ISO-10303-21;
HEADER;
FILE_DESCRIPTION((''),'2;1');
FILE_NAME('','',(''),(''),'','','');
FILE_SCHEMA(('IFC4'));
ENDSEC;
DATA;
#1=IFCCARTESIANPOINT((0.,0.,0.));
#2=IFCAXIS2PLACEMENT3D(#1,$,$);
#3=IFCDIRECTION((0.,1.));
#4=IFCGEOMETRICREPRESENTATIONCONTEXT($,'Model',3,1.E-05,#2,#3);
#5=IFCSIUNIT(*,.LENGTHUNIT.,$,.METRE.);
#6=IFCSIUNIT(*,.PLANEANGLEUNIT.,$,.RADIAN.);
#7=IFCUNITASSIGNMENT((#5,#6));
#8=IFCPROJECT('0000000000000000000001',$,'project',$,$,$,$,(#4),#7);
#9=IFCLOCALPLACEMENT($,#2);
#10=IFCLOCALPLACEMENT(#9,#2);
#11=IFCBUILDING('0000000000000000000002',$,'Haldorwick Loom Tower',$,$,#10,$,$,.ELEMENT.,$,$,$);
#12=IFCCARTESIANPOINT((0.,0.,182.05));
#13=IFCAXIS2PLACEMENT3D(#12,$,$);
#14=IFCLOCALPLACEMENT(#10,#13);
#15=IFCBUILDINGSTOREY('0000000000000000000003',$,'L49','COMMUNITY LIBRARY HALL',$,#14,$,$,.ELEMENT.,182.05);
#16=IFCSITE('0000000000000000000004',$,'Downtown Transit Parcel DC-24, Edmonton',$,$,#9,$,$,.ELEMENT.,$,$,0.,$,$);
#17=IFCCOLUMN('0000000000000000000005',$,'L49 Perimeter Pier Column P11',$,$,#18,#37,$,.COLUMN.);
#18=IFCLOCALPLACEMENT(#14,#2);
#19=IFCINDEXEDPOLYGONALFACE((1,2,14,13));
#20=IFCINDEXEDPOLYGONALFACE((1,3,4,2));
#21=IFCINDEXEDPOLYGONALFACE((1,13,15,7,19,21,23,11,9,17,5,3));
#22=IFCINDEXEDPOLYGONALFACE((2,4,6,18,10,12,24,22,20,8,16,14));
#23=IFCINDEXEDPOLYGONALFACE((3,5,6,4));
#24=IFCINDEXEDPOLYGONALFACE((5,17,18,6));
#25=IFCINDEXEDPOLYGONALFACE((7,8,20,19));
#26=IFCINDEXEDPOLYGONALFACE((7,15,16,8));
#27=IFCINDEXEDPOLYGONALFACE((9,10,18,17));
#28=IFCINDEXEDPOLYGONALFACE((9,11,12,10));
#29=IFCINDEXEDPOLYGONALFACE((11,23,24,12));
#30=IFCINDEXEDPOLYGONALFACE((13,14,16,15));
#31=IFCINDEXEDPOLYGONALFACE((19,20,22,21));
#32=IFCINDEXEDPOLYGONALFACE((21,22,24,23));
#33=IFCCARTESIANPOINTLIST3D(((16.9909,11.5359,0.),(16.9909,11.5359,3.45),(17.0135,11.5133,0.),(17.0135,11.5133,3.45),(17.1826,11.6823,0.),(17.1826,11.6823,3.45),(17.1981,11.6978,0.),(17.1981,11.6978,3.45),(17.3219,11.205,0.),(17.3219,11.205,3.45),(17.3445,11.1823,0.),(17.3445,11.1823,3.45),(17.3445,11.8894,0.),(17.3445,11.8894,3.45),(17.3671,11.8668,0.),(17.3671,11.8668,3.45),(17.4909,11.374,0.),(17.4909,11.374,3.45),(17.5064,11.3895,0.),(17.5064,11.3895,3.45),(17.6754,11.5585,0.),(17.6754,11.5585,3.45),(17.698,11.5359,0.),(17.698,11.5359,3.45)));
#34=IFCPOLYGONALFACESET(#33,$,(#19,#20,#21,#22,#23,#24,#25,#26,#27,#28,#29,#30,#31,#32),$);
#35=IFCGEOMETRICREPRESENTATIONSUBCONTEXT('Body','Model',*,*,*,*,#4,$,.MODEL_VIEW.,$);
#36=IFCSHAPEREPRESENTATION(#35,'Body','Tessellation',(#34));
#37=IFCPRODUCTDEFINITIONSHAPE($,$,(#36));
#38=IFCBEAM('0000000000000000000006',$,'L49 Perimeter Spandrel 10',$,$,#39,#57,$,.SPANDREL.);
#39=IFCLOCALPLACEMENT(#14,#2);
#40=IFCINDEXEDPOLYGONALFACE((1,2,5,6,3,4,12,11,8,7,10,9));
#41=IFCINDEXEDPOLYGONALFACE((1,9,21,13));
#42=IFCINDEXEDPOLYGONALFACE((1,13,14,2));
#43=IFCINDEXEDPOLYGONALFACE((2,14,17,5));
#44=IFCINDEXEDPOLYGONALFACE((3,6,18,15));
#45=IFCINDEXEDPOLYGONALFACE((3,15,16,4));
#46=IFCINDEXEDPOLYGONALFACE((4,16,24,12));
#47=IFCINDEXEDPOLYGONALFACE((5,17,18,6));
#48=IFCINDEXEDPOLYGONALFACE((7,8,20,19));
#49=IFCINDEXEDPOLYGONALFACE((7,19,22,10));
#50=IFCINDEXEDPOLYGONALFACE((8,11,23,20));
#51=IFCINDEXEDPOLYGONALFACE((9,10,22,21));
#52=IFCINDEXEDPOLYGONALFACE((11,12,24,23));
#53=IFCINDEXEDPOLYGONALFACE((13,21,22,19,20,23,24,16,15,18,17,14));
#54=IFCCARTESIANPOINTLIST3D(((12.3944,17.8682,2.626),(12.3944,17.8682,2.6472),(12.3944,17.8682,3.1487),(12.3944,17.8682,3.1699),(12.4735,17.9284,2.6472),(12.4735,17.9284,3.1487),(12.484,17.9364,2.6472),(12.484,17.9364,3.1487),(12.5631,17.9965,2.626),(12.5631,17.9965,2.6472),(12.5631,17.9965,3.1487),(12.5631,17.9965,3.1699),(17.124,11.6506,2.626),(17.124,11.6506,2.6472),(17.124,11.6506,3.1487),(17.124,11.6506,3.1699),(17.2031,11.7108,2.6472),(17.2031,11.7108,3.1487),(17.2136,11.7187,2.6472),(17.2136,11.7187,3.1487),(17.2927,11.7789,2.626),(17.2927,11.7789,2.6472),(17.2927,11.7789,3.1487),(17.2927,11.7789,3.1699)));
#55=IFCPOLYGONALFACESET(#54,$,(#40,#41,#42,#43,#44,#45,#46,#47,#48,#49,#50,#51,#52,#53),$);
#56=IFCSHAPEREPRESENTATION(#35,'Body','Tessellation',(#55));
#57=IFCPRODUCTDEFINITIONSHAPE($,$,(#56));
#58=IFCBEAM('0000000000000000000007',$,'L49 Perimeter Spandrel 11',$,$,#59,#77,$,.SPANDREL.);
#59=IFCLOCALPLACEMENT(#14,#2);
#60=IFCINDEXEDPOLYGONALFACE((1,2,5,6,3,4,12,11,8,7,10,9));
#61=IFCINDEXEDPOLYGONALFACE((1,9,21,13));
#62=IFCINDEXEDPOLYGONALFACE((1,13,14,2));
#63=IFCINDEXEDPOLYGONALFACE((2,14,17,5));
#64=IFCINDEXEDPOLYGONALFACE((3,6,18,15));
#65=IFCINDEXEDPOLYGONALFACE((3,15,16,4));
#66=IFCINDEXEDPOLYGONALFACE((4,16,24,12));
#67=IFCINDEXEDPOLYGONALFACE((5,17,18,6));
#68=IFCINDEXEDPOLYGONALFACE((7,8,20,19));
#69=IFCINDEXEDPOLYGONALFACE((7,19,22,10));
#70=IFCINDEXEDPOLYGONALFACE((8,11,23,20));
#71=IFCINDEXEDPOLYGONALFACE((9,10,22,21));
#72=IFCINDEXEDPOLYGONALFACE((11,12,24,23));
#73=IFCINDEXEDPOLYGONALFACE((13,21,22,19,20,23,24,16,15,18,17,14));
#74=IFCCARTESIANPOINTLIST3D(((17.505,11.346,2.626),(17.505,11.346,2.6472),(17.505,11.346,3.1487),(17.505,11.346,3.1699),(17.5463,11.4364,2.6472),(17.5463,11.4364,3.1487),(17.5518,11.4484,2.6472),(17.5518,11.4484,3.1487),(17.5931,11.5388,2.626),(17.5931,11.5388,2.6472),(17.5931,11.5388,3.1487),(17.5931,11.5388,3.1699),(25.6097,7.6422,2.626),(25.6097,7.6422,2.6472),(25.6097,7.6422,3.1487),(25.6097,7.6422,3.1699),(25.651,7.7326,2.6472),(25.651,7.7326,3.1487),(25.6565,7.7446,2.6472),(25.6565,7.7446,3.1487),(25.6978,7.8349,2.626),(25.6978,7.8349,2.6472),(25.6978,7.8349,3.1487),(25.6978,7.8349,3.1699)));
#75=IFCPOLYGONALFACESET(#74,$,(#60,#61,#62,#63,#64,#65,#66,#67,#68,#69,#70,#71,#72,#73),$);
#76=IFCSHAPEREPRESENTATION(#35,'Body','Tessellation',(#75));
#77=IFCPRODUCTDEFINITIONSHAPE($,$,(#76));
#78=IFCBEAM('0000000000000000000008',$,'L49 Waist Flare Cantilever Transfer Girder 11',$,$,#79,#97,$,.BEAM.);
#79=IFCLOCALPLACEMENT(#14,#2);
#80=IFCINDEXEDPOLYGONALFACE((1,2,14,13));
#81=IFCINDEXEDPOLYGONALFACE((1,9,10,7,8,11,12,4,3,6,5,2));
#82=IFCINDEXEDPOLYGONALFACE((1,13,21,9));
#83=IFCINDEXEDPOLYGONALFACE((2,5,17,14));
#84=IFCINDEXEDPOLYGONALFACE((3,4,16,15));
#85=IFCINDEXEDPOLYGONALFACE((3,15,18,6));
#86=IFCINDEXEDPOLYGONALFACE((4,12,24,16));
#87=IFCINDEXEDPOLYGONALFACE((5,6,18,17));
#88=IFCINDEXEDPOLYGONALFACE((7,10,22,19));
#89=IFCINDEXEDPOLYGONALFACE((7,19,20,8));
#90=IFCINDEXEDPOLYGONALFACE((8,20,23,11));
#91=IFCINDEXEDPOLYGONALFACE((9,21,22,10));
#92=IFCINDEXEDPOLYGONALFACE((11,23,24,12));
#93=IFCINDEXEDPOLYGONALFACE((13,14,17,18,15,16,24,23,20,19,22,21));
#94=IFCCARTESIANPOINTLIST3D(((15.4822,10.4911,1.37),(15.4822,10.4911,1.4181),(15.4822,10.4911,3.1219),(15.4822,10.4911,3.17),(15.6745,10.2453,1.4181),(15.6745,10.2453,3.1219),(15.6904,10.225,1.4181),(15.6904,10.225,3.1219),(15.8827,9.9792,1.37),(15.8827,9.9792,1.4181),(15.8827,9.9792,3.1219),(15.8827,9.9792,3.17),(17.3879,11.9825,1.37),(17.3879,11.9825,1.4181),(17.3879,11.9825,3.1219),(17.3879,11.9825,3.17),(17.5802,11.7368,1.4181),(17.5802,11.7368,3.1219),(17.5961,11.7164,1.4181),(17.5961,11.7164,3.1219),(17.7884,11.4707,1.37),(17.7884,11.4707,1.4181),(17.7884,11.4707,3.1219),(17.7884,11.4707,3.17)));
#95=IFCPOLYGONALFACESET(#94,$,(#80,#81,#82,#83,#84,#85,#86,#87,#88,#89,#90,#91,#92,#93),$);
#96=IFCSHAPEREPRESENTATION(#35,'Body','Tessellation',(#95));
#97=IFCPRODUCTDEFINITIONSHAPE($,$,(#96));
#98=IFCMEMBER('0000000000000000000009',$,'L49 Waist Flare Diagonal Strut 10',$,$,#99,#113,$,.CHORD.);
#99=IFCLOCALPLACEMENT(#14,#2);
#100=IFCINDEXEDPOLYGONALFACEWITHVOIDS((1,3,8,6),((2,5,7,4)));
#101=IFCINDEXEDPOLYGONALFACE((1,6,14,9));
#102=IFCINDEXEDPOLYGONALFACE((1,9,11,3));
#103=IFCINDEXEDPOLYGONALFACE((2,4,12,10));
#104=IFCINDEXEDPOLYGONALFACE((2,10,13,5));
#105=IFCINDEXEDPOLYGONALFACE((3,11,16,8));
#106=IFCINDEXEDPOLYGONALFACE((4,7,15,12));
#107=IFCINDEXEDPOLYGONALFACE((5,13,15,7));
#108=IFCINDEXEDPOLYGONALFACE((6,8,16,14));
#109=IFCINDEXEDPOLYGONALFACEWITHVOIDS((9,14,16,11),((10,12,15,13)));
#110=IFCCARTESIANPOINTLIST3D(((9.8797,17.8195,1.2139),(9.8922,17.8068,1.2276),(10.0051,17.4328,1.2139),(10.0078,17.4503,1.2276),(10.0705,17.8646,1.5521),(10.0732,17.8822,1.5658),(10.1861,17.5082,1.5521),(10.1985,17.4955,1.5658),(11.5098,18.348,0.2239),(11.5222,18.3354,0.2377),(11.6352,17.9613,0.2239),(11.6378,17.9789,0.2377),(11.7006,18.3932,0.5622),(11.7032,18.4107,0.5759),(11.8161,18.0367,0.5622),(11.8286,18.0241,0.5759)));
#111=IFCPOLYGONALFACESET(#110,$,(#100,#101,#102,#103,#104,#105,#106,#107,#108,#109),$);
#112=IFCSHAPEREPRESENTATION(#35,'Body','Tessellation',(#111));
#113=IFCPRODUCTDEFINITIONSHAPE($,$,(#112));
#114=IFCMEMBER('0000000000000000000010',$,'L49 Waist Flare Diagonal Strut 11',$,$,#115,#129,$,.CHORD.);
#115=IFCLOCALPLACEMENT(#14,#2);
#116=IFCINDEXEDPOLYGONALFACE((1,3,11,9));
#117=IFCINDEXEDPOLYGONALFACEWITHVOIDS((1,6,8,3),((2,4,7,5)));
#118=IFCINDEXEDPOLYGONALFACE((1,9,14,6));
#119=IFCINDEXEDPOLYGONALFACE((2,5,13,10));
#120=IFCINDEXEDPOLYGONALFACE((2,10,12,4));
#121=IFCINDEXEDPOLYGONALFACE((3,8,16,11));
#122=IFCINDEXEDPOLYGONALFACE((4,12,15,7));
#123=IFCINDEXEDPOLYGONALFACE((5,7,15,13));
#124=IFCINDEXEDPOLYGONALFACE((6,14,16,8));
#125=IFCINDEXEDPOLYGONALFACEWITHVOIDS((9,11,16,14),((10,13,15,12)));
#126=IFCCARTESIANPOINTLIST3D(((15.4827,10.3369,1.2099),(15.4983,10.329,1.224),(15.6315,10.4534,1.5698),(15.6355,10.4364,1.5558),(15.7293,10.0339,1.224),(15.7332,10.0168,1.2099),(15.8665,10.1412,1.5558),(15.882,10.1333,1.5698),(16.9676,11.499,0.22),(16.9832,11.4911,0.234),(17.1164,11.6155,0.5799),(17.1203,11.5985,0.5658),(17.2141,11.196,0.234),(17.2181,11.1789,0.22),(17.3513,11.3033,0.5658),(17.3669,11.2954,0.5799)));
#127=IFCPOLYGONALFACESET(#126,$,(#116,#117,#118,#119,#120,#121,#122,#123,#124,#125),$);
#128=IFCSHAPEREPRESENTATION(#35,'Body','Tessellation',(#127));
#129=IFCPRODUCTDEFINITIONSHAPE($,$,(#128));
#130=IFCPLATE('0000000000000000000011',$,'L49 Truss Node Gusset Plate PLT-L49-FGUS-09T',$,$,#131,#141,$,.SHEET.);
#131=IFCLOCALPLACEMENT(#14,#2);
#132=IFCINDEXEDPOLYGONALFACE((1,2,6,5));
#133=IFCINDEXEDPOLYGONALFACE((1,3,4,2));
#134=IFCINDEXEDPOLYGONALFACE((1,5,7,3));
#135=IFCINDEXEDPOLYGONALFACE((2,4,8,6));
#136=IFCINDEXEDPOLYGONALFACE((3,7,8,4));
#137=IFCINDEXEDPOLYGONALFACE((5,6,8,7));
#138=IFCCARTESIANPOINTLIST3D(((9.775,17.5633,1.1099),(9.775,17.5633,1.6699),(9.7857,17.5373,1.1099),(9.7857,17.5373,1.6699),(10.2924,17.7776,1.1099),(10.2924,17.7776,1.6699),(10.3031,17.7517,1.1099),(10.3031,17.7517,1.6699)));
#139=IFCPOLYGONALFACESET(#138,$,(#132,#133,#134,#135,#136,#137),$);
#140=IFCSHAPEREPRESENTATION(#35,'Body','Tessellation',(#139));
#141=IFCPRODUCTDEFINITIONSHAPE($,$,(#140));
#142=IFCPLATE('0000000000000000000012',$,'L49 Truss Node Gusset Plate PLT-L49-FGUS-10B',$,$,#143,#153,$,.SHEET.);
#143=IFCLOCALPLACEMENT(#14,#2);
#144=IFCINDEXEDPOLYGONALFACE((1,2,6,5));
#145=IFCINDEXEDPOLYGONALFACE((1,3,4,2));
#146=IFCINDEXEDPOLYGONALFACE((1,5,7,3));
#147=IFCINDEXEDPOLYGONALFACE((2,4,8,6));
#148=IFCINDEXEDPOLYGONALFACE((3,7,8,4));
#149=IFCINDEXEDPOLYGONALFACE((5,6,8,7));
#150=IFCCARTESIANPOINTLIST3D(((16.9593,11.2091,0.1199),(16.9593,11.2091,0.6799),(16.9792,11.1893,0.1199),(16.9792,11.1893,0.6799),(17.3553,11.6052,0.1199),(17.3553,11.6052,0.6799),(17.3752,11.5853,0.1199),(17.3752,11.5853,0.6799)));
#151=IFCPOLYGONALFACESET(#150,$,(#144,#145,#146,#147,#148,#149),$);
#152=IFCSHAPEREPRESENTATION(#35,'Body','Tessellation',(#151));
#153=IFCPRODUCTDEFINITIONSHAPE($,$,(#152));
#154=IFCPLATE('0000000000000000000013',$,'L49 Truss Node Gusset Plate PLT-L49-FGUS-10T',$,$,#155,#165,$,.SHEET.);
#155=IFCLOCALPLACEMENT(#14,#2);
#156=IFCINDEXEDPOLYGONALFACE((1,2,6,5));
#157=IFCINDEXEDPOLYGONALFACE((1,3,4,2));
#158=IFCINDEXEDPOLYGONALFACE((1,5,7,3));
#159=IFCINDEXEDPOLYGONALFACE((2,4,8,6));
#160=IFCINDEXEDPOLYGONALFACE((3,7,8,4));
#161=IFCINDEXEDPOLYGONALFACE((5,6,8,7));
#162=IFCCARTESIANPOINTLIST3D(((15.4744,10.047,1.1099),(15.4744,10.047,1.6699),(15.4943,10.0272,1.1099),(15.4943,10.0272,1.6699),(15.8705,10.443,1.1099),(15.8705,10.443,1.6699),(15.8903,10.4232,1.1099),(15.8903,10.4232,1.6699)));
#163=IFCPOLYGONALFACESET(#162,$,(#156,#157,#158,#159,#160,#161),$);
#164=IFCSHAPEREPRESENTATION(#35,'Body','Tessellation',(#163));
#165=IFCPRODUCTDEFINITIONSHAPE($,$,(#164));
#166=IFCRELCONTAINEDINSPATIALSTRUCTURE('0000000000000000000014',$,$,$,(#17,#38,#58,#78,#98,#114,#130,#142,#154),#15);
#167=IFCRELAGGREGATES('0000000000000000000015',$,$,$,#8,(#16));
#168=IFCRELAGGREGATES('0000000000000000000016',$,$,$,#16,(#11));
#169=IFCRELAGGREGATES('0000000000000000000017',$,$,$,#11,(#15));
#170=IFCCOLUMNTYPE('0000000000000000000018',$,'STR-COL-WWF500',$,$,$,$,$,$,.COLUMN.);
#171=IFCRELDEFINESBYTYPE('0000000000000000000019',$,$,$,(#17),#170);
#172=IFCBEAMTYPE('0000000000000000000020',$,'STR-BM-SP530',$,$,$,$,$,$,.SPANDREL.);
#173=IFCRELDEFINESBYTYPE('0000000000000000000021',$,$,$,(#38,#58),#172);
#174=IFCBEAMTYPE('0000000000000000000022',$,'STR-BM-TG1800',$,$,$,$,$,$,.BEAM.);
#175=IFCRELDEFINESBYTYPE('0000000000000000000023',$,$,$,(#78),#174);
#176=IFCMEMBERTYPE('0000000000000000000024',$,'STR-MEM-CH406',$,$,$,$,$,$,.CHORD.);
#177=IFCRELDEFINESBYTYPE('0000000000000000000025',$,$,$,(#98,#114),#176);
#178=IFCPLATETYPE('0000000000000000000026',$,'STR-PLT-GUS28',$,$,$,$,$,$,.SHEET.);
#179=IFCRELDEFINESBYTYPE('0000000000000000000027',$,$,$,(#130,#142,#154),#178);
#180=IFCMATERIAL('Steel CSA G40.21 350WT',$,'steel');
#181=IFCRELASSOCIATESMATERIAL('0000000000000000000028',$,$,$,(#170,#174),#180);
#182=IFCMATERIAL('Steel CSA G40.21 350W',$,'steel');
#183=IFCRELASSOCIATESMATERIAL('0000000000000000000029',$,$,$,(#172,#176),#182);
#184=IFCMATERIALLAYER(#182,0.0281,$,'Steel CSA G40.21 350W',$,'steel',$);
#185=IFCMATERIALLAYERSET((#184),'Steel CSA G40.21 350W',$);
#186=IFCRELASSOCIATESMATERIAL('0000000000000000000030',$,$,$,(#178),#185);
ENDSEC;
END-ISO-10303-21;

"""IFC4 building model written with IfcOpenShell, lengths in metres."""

from ifc_helpers import new_model, si_unit, direction, frame, origin, origin_2d, place, context, subcontext, project, spatial, rectangle, hollow_rectangle, i_section, extrude, material, layer, layer_set, material_profile, profile_set, type_object, element, save


model = new_model("IFC4")

# Units and contexts
model_context = context("Model", 3, precision=1e-05, world=origin(), true_north=direction((0.0, 1.0)))
body_context = subcontext(model_context, "Body", "Model", "MODEL_VIEW")
ifc_project = project(units=[si_unit("LENGTHUNIT", "METRE"), si_unit("PLANEANGLEUNIT", "RADIAN")], contexts=[model_context])

# Site, building, storey
site_placement = place(None, origin())
site = spatial("IfcSite", under=ifc_project, at=site_placement, Name="Downtown Transit Parcel DC-24, Edmonton", CompositionType="ELEMENT", RefElevation=0.0)
building_placement = place(site_placement, origin())
building = spatial("IfcBuilding", under=site, at=building_placement, Name="Haldorwick Loom Tower", CompositionType="ELEMENT")
storey_placement = place(building_placement, frame((0.0, 0.0, 182.05)))
storey = spatial("IfcBuildingStorey", under=building, at=storey_placement, Name="L49", Description="COMMUNITY LIBRARY HALL", CompositionType="ELEMENT", Elevation=182.05)

# Column
ifc_material_1 = material(Name="Steel CSA G40.21 350WT", Category="steel")
ifc_material_profile_1 = material_profile(ifc_material_1, i_section(OverallWidth=0.5, OverallDepth=0.5, WebThickness=0.022, FlangeThickness=0.032, at=origin_2d()), Name="WWF500X500", Category="steel")
ifc_profile_set_1 = profile_set([ifc_material_profile_1], Name="Steel CSA G40.21 350WT")
column_type = type_object("IfcColumnType", Name="STR-COL-WWF500", PredefinedType="COLUMN", material=ifc_profile_set_1)
column_placement = place(storey_placement, frame((17.3445, 11.5359, 0.0), z_axis=(0.0, 0.0, 1.0), x_axis=(-0.707107, -0.707107, 0.0)))
element("IfcColumn", 1, at=column_placement, inside=storey, type_object=column_type, Name="L49 Perimeter Pier Column P11", PredefinedType="COLUMN", context=body_context, shape_type="SweptSolid", body=[
    extrude(i_section(OverallWidth=0.5, OverallDepth=0.5, WebThickness=0.022, FlangeThickness=0.032, at=origin_2d()), origin(), (0.0, 0.0, 1.0), 3.45),
])

# Beams
ifc_material_2 = material(Name="Steel CSA G40.21 350W", Category="steel")
ifc_material_profile_2 = material_profile(ifc_material_2, i_section(OverallWidth=0.2119, OverallDepth=0.5439, WebThickness=0.0132, FlangeThickness=0.0212, at=origin_2d()), Name="W530X123", Category="steel")
ifc_profile_set_2 = profile_set([ifc_material_profile_2], Name="Steel CSA G40.21 350W")
beam_type_1 = type_object("IfcBeamType", Name="STR-BM-SP530", PredefinedType="SPANDREL", material=ifc_profile_set_2)
beam_1_placement = place(storey_placement, frame((12.4788, 17.9324, 2.8979), z_axis=(0.605422, -0.795905, 0.0), x_axis=(0.795905, 0.605422, 0.0)))
element("IfcBeam", 2, at=beam_1_placement, inside=storey, type_object=beam_type_1, Name="L49 Perimeter Spandrel 10", PredefinedType="SPANDREL", context=body_context, shape_type="SweptSolid", body=[
    extrude(i_section(OverallWidth=0.2119, OverallDepth=0.5439, WebThickness=0.0132, FlangeThickness=0.0212, at=origin_2d()), origin(), (0.0, 0.0, 1.0), 7.812),
])
beam_2_placement = place(storey_placement, frame((17.5491, 11.4424, 2.8979), z_axis=(0.909524, -0.415652, 0.0), x_axis=(0.415652, 0.909524, 0.0)))
element("IfcBeam", 3, at=beam_2_placement, inside=storey, type_object=beam_type_1, Name="L49 Perimeter Spandrel 11", PredefinedType="SPANDREL", context=body_context, shape_type="SweptSolid", body=[
    extrude(i_section(OverallWidth=0.2119, OverallDepth=0.5439, WebThickness=0.0132, FlangeThickness=0.0212, at=origin_2d()), origin(), (0.0, 0.0, 1.0), 8.9109),
])
ifc_material_profile_3 = material_profile(ifc_material_1, i_section(OverallWidth=0.6499, OverallDepth=1.8, WebThickness=0.0259, FlangeThickness=0.0481, at=origin_2d()), Name="WWF1800X650", Category="steel")
ifc_profile_set_3 = profile_set([ifc_material_profile_3], Name="Steel CSA G40.21 350WT")
beam_type_2 = type_object("IfcBeamType", Name="STR-BM-TG1800", PredefinedType="BEAM", material=ifc_profile_set_3)
beam_3_placement = place(storey_placement, frame((17.5881, 11.7266, 2.27), z_axis=(-0.787507, -0.616306, 0.0), x_axis=(0.616306, -0.787507, 0.0)))
element("IfcBeam", 4, at=beam_3_placement, inside=storey, type_object=beam_type_2, Name="L49 Waist Flare Cantilever Transfer Girder 11", PredefinedType="BEAM", context=body_context, shape_type="SweptSolid", body=[
    extrude(i_section(OverallWidth=0.6499, OverallDepth=1.8, WebThickness=0.0259, FlangeThickness=0.0481, at=origin_2d()), origin(), (0.0, 0.0, 1.0), 2.4199),
])

# Members
ifc_material_profile_4 = material_profile(ifc_material_2, hollow_rectangle(XDim=0.4065, YDim=0.4065, WallThickness=0.0159, at=origin_2d()), Name="HSS406X406X16", Category="steel")
ifc_profile_set_4 = profile_set([ifc_material_profile_4], Name="Steel CSA G40.21 350W")
member_type = type_object("IfcMemberType", Name="STR-MEM-CH406", PredefinedType="CHORD", material=ifc_profile_set_4)
member_1_placement = place(storey_placement, frame((11.6692, 18.186, 0.3999), z_axis=(-0.823677, -0.267075, 0.500226), x_axis=(0.308439, -0.951244, 0.0)))
element("IfcMember", 5, at=member_1_placement, inside=storey, type_object=member_type, Name="L49 Waist Flare Diagonal Strut 10", PredefinedType="CHORD", context=body_context, shape_type="SweptSolid", body=[
    extrude(hollow_rectangle(XDim=0.4065, YDim=0.4065, WallThickness=0.0159, at=origin_2d()), origin(), (0.0, 0.0, 1.0), 1.979),
])
member_2_placement = place(storey_placement, frame((17.1672, 11.3972, 0.3999), z_axis=(-0.697234, -0.545682, 0.464861), x_axis=(0.616322, -0.787494, 0.0)))
element("IfcMember", 6, at=member_2_placement, inside=storey, type_object=member_type, Name="L49 Waist Flare Diagonal Strut 11", PredefinedType="CHORD", context=body_context, shape_type="SweptSolid", body=[
    extrude(hollow_rectangle(XDim=0.4065, YDim=0.4065, WallThickness=0.0159, at=origin_2d()), origin(), (0.0, 0.0, 1.0), 2.1296),
])

# Plates
ifc_layer_1 = layer(ifc_material_2, 0.0281, Name="Steel CSA G40.21 350W", Category="steel")
ifc_layer_set_1 = layer_set([ifc_layer_1], Name="Steel CSA G40.21 350W")
plate_type = type_object("IfcPlateType", Name="STR-PLT-GUS28", PredefinedType="SHEET", material=ifc_layer_set_1)
for number, where, z_axis, x_axis, name in (
    (7, (10.0391, 17.6575, 1.1099), (0.0, 0.0, 1.0), (-0.92388, -0.382683, 0.0), "L49 Truss Node Gusset Plate PLT-L49-FGUS-09T"),
    (8, (17.1672, 11.3972, 0.1199), (0.0, 0.0, 1.0), (-0.707107, -0.707107, 0.0), "L49 Truss Node Gusset Plate PLT-L49-FGUS-10B"),
    (9, (15.6824, 10.2351, 1.1099), (0.0, 0.0, 1.0), (-0.707107, -0.707107, 0.0), "L49 Truss Node Gusset Plate PLT-L49-FGUS-10T"),
):
    element("IfcPlate", number, at=place(storey_placement, frame(where, z_axis=z_axis, x_axis=x_axis)), inside=storey, type_object=plate_type, Name=name, PredefinedType="SHEET", context=body_context, shape_type="SweptSolid", body=[
        extrude(rectangle(XDim=0.5601, YDim=0.0281, at=origin_2d()), origin(), (0.0, 0.0, 1.0), 0.5601),
    ])

save(model, "model.ifc")
